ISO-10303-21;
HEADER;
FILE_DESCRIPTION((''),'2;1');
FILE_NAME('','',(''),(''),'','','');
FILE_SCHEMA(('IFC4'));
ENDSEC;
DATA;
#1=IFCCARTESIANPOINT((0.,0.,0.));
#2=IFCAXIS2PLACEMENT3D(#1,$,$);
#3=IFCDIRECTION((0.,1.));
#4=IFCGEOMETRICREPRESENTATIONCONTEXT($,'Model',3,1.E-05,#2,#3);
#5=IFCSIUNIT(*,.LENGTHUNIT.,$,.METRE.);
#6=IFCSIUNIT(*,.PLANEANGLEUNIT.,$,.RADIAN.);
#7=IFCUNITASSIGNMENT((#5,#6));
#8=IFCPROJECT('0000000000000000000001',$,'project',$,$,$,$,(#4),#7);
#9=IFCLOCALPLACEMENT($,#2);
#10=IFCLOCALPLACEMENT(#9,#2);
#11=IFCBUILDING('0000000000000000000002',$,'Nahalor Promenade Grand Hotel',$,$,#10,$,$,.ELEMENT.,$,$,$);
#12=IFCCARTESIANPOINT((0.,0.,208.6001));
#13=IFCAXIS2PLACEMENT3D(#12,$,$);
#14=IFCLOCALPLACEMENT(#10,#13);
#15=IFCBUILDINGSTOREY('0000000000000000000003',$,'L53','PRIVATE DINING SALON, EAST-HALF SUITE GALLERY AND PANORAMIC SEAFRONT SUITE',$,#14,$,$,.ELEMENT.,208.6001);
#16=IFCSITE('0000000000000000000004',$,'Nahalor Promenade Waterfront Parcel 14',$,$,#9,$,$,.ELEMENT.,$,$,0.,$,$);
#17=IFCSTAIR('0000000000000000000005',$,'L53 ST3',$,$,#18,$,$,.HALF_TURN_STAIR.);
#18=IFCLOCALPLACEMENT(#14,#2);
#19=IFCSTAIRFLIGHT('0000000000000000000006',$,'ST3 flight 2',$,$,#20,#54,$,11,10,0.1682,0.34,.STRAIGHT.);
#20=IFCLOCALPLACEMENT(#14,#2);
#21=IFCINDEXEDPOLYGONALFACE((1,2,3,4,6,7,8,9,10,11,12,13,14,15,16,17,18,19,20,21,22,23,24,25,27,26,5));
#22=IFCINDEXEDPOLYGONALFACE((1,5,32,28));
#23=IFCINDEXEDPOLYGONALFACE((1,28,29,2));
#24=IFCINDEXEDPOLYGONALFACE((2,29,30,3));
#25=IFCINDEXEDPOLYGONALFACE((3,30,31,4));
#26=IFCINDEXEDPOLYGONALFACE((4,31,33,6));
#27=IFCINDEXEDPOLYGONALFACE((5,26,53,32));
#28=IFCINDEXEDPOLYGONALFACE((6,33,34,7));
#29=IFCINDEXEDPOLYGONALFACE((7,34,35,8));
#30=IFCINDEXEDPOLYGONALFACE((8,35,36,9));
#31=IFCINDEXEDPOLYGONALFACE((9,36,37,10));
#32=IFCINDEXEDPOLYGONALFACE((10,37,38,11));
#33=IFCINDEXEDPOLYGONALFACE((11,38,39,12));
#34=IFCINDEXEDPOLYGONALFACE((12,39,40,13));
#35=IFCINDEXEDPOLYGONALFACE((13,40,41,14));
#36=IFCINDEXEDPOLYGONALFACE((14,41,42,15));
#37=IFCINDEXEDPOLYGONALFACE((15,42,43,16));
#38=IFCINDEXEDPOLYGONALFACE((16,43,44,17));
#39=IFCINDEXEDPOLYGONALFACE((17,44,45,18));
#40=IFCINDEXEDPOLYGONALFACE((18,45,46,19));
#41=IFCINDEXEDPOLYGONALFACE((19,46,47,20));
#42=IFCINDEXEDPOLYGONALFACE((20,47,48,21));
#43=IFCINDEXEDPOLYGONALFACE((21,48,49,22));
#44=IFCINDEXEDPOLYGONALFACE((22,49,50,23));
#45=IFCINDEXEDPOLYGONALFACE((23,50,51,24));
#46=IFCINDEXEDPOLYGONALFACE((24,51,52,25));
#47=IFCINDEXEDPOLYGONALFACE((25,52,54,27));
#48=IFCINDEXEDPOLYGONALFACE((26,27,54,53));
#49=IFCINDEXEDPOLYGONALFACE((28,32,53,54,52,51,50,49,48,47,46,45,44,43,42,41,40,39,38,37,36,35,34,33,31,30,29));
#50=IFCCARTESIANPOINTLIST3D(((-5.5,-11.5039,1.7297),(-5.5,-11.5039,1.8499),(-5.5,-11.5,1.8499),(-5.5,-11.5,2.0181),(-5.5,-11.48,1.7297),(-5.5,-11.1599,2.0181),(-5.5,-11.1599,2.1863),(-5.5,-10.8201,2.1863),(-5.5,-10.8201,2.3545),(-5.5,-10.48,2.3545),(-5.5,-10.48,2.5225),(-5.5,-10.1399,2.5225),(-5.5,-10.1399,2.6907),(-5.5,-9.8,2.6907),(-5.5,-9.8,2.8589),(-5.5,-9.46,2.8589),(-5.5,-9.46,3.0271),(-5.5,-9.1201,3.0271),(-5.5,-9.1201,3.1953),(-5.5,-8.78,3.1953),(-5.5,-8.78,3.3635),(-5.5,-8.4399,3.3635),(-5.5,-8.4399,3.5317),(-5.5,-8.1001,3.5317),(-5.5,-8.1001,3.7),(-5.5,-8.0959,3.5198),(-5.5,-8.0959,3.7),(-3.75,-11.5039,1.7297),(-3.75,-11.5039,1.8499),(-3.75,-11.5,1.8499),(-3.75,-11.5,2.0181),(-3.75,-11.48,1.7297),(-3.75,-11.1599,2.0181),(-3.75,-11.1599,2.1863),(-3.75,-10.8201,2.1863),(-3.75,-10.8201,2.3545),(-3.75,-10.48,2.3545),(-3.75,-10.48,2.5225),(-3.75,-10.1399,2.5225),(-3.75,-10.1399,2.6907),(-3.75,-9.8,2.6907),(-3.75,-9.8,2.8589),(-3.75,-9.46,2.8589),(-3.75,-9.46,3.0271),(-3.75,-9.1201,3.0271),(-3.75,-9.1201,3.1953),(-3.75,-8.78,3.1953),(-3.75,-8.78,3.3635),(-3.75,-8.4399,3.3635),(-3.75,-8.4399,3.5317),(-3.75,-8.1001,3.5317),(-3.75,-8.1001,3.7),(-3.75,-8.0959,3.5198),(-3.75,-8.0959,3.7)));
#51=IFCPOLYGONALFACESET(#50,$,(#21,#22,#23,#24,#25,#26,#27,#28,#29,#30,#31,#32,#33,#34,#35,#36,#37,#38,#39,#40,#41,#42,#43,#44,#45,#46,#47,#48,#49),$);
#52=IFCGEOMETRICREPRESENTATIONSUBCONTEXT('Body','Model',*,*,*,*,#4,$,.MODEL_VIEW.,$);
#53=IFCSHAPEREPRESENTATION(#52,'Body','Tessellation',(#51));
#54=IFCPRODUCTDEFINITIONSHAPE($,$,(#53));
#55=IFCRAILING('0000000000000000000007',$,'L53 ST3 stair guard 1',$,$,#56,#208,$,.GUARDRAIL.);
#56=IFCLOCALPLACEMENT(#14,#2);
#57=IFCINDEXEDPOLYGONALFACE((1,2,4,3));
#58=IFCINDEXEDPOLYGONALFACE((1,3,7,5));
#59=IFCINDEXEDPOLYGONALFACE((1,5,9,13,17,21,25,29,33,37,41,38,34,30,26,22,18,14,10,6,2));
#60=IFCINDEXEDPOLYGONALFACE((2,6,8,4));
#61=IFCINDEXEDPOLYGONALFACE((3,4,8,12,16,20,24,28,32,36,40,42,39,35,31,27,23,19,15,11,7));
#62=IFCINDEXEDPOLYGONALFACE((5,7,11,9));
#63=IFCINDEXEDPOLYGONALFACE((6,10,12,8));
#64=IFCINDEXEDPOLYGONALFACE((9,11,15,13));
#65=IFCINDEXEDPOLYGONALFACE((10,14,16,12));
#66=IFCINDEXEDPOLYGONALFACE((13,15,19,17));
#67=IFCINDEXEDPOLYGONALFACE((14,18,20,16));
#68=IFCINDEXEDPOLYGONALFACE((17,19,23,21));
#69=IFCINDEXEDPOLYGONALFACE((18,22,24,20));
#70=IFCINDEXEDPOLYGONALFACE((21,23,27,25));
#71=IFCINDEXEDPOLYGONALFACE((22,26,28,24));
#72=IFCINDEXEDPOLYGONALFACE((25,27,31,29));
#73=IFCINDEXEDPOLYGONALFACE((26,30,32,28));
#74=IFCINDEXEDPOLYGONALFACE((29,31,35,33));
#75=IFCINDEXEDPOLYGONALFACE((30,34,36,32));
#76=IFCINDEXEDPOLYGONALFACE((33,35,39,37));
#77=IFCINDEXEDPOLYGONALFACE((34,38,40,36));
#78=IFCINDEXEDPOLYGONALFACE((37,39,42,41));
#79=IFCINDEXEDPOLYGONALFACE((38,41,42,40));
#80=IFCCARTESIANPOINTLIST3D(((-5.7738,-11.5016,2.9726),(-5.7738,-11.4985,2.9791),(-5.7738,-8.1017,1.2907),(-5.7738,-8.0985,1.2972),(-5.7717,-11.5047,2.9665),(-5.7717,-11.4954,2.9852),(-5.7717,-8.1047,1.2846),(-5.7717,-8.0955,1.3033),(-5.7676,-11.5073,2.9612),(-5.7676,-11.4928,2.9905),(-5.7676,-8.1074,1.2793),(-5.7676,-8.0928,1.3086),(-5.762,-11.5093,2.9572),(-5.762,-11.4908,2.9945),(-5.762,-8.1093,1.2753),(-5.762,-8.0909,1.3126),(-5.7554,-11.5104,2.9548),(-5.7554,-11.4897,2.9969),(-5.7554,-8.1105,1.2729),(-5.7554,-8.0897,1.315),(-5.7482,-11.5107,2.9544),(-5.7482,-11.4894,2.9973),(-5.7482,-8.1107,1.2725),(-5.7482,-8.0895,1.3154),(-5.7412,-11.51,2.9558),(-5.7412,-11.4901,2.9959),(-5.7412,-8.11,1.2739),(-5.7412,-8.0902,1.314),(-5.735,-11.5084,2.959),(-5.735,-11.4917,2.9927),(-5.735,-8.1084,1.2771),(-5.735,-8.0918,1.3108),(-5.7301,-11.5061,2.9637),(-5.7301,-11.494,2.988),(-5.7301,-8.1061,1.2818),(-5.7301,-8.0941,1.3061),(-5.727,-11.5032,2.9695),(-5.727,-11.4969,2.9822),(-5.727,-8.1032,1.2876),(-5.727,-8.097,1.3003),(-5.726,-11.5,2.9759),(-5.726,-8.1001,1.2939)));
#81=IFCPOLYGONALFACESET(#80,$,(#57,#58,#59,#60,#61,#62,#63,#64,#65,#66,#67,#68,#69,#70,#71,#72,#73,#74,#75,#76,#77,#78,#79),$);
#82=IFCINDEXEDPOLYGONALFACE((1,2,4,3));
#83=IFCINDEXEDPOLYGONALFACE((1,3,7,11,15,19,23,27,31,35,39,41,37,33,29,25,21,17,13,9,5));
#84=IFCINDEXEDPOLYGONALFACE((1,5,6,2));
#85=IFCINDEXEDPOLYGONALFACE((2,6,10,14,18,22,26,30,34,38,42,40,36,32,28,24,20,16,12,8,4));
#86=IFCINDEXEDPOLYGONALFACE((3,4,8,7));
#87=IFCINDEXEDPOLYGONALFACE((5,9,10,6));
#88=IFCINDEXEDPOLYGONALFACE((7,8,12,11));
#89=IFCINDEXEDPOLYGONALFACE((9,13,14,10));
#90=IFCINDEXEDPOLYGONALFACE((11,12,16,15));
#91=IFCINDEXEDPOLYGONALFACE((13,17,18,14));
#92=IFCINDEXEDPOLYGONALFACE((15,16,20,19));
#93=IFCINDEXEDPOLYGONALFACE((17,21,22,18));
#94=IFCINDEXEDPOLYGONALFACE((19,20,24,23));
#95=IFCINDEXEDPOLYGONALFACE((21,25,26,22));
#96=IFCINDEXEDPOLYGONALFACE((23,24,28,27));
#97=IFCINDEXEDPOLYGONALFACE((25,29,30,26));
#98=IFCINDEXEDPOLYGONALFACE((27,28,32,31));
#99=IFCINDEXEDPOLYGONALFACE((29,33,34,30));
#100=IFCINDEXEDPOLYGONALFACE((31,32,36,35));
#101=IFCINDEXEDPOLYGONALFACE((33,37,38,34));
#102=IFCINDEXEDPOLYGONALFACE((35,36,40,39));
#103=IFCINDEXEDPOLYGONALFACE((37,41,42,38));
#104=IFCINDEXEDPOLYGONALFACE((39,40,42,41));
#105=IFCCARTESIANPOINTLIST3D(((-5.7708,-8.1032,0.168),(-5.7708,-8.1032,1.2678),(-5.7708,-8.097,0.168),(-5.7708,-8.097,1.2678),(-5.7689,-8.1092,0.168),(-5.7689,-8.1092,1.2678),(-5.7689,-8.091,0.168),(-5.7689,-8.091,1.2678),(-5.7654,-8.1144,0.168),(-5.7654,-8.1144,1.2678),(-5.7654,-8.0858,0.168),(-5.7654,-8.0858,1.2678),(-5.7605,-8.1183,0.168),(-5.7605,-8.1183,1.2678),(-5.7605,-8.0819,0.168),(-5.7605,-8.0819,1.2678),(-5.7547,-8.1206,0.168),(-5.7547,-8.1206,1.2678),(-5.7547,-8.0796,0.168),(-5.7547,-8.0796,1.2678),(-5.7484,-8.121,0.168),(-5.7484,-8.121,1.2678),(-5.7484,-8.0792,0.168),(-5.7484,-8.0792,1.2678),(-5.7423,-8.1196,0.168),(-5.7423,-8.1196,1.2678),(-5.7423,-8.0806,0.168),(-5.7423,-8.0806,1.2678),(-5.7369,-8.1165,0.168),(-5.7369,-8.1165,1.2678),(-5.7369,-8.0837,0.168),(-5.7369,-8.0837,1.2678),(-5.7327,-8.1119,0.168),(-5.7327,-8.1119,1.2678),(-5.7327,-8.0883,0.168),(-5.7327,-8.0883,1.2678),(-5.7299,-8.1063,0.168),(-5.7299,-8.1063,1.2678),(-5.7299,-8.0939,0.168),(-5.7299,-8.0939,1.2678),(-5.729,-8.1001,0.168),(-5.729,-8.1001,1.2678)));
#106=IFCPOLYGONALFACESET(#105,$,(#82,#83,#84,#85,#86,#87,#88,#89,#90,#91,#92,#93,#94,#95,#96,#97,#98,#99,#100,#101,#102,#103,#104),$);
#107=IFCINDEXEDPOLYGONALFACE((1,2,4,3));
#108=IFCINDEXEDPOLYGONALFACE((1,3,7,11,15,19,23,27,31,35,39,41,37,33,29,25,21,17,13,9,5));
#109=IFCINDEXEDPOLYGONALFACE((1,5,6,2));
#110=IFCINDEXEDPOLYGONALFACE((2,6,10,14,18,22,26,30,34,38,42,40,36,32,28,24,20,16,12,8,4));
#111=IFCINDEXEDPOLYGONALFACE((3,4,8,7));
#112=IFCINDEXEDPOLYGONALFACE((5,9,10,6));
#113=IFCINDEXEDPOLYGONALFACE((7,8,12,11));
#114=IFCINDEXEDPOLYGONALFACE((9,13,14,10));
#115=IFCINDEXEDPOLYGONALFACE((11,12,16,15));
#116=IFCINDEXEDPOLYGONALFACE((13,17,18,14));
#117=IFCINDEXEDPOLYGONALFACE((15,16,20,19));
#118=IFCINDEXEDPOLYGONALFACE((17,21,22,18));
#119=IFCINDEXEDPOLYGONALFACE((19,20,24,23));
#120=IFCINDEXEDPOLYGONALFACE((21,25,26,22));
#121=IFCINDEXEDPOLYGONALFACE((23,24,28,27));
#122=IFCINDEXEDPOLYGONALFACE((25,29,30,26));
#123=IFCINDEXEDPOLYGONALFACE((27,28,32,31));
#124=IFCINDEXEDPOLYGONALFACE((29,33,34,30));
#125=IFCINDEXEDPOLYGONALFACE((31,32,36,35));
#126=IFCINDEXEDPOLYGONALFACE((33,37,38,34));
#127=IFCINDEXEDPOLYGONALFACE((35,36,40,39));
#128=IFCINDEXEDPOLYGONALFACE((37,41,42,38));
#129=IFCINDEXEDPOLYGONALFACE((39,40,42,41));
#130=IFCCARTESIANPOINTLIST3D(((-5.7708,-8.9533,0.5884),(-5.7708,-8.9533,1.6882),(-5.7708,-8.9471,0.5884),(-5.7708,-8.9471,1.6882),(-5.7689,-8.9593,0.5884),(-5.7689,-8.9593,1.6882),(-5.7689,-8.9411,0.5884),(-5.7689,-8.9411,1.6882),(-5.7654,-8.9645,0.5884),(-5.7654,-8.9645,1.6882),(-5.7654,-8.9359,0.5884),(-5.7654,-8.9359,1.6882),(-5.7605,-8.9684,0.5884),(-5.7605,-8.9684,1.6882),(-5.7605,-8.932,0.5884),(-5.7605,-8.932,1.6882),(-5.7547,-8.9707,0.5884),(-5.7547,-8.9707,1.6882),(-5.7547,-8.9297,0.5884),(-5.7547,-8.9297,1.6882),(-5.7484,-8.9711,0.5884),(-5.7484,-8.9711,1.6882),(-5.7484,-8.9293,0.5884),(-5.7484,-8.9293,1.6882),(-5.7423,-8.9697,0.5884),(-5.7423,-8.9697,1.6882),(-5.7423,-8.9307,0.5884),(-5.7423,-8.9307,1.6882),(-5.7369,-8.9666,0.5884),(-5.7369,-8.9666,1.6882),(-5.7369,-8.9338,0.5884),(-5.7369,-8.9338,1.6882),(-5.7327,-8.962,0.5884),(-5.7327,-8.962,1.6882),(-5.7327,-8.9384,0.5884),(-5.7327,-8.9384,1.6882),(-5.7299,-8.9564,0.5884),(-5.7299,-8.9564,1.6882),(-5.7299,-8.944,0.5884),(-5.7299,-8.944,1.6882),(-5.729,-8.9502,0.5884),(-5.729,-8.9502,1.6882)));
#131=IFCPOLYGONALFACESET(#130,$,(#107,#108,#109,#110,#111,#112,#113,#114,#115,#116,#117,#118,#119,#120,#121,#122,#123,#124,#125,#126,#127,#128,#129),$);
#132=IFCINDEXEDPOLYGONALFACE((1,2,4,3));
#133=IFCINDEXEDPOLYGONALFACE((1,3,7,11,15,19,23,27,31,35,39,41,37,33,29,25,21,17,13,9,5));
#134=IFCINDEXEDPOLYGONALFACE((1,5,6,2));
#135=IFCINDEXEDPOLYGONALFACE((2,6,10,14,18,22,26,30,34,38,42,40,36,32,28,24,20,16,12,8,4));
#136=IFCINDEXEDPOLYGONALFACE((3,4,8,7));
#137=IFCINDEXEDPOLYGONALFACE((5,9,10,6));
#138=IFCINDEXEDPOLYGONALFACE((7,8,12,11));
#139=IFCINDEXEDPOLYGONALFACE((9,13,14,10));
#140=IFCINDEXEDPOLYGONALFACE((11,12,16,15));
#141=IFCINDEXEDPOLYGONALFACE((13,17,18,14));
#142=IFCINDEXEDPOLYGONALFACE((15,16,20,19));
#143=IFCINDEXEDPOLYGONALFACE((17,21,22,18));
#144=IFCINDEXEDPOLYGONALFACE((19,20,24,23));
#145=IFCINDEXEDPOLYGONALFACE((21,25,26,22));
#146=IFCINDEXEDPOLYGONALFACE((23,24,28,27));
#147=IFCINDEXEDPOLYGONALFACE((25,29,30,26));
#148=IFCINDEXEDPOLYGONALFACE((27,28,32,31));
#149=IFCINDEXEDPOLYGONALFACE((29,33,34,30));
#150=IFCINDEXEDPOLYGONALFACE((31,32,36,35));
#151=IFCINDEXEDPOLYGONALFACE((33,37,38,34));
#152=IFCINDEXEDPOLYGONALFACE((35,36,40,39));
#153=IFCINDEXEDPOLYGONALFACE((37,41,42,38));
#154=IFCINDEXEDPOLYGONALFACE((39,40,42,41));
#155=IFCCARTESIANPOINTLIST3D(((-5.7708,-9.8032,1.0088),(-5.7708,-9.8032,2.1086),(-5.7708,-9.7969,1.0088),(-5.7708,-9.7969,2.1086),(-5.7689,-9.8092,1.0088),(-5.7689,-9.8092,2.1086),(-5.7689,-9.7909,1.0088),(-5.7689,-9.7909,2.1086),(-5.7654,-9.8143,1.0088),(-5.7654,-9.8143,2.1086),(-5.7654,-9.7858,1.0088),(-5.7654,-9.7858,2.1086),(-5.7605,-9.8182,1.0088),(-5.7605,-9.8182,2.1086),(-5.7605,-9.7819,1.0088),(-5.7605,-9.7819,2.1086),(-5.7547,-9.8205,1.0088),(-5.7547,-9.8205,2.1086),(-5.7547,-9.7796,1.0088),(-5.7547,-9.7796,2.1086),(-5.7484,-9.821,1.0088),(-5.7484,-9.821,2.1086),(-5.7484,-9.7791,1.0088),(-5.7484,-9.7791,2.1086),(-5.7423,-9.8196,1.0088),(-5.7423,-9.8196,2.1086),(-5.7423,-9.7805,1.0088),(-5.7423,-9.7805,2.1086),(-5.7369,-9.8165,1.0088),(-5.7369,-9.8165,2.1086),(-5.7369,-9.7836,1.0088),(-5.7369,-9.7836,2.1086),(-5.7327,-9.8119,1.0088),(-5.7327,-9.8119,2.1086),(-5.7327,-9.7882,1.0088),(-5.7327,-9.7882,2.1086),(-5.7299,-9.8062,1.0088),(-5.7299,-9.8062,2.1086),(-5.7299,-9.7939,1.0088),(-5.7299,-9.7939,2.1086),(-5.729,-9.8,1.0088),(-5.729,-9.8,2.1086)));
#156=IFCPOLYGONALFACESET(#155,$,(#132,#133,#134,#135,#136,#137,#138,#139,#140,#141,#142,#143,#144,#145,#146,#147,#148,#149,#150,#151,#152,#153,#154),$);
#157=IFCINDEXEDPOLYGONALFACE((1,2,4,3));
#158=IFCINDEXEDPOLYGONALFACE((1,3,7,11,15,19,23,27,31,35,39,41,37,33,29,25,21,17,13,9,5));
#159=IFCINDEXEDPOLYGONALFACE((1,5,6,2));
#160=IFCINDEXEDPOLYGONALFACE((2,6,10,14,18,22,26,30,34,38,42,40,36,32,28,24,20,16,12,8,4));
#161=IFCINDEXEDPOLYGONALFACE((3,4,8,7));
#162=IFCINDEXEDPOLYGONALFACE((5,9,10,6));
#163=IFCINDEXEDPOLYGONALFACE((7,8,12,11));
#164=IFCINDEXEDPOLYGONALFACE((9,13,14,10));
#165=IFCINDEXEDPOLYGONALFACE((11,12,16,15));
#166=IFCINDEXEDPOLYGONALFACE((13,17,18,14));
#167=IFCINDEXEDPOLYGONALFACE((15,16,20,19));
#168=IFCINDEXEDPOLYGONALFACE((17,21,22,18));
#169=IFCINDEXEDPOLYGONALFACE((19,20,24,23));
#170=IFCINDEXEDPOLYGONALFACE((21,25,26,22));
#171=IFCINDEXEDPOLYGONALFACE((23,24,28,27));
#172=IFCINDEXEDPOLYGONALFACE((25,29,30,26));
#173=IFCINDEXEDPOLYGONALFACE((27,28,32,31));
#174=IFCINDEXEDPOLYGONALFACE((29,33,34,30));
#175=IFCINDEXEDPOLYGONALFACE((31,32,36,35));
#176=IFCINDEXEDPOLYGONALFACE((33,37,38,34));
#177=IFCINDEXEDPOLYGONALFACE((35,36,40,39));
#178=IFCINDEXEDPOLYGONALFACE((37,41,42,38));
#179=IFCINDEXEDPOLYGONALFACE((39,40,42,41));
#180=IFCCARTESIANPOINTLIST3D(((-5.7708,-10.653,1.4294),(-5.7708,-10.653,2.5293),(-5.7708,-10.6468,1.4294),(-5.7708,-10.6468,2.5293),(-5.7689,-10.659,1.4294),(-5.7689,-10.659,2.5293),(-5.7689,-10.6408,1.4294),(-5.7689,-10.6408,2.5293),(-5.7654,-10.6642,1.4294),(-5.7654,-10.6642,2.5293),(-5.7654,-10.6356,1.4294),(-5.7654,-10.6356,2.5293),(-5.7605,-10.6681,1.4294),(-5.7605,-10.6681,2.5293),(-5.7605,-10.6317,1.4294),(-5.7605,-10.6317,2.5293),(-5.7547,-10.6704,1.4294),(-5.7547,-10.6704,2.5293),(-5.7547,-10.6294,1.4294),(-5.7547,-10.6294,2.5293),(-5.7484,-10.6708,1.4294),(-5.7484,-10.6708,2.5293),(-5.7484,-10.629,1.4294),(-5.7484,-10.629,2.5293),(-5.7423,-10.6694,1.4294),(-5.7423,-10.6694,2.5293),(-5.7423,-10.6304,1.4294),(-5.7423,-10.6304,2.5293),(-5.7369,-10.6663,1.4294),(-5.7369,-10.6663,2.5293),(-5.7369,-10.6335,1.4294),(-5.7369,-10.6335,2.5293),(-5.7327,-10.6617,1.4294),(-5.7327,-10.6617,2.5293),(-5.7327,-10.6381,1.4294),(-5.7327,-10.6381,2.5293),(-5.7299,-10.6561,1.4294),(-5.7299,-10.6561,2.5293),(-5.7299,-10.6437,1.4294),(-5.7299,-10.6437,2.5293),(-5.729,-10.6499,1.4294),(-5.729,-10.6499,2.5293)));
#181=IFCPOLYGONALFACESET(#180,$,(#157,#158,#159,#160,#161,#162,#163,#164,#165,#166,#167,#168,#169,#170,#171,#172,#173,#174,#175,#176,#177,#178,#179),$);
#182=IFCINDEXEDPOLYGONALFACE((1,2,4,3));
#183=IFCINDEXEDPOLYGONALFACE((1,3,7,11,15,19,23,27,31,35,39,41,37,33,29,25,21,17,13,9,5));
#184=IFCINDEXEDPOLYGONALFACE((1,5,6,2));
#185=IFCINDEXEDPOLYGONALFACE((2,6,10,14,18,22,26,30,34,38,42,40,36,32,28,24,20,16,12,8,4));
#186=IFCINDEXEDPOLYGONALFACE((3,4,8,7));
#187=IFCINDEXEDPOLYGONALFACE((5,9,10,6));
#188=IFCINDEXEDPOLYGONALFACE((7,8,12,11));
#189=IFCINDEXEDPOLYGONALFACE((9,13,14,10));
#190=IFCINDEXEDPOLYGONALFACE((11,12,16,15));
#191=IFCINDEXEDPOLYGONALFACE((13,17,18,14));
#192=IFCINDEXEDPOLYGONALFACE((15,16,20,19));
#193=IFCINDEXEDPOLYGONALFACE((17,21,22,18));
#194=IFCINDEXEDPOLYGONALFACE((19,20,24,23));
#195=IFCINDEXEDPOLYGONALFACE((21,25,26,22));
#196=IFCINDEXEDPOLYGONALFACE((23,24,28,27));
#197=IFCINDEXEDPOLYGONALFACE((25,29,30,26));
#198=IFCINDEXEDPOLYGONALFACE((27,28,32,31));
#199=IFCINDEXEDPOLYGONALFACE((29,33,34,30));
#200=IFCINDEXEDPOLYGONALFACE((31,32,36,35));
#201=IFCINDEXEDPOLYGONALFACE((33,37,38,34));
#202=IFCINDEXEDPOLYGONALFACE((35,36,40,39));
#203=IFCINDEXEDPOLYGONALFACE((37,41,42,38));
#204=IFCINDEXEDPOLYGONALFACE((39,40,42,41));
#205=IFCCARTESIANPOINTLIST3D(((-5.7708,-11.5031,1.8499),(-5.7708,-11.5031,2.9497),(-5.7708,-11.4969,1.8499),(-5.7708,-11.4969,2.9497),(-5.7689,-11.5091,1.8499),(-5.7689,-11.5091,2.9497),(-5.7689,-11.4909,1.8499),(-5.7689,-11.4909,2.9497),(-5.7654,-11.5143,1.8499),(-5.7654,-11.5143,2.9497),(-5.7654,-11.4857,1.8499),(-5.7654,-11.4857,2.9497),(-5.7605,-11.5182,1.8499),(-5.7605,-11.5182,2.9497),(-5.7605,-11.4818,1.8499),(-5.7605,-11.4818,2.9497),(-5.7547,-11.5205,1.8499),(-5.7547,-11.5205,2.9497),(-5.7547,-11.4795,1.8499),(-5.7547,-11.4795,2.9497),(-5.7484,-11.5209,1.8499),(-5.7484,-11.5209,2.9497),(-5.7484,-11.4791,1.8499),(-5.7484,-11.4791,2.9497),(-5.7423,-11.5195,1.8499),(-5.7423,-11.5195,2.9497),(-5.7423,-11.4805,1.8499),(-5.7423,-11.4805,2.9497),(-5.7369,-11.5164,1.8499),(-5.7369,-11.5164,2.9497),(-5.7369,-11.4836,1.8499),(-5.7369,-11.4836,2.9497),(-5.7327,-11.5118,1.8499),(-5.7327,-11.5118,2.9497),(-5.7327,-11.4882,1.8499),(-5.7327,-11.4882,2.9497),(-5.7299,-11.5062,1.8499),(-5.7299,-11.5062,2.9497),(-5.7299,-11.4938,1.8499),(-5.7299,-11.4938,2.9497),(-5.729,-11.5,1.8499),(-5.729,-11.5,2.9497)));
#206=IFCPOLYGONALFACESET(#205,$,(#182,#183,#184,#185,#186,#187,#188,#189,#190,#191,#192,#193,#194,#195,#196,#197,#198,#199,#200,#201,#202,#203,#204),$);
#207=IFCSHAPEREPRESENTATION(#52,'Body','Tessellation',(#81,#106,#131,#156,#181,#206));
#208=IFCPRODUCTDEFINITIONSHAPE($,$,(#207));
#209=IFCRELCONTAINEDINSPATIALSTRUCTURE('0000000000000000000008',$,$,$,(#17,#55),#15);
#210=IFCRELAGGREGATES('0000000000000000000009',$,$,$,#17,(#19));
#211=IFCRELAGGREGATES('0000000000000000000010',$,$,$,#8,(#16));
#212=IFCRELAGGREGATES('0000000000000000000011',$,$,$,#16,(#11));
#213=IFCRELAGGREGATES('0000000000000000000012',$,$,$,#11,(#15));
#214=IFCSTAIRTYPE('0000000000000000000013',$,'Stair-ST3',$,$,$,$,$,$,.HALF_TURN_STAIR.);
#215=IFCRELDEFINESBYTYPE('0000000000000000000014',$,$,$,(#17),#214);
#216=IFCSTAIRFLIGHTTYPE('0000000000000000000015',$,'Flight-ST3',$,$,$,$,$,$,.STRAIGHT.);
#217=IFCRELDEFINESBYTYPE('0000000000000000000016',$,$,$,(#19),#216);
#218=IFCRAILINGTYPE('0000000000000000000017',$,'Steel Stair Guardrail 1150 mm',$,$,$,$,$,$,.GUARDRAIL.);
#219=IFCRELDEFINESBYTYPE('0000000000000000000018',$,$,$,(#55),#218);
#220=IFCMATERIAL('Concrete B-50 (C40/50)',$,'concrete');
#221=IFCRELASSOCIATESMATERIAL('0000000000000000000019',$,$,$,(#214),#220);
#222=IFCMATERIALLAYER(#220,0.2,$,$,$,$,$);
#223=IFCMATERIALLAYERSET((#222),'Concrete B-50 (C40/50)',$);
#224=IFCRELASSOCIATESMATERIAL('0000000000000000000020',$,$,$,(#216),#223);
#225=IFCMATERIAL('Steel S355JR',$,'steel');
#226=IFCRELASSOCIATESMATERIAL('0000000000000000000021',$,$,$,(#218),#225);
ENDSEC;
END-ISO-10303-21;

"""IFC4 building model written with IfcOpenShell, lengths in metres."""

from ifc_helpers import new_model, si_unit, direction, frame, origin, origin_2d, place, context, subcontext, project, spatial, polyline, circle, outline, extrude, source, transform, mapped, material, layer, layer_set, type_object, element, aggregate, save


model = new_model("IFC4")

# Units and contexts
model_context = context("Model", 3, precision=1e-05, world=origin(), true_north=direction((0.0, 1.0)))
body_context = subcontext(model_context, "Body", "Model", "MODEL_VIEW")
ifc_project = project(units=[si_unit("LENGTHUNIT", "METRE"), si_unit("PLANEANGLEUNIT", "RADIAN")], contexts=[model_context])

# Site, building, storey
site_placement = place(None, origin())
site = spatial("IfcSite", under=ifc_project, at=site_placement, Name="Nahalor Promenade Waterfront Parcel 14", CompositionType="ELEMENT", RefElevation=0.0)
building_placement = place(site_placement, origin())
building = spatial("IfcBuilding", under=site, at=building_placement, Name="Nahalor Promenade Grand Hotel", CompositionType="ELEMENT")
storey_placement = place(building_placement, frame((0.0, 0.0, 208.6001)))
storey = spatial("IfcBuildingStorey", under=building, at=storey_placement, Name="L53", Description="PRIVATE DINING SALON, EAST-HALF SUITE GALLERY AND PANORAMIC SEAFRONT SUITE", CompositionType="ELEMENT", Elevation=208.6001)

# Shared definitions
ifc_material_1 = material(Name="Steel S355JR", Category="steel")

# Shared definitions
ifc_material_2 = material(Name="Concrete B-50 (C40/50)", Category="concrete")

# Stair, stair flight
stair_type = type_object("IfcStairType", Name="Stair-ST3", PredefinedType="HALF_TURN_STAIR", material=ifc_material_2)
stair_placement = place(storey_placement, origin())
stair = element("IfcStair", 1, at=stair_placement, inside=storey, type_object=stair_type, Name="L53 ST3", PredefinedType="HALF_TURN_STAIR")
ifc_layer_1 = layer(ifc_material_2, 0.2)
ifc_layer_set_1 = layer_set([ifc_layer_1], Name="Concrete B-50 (C40/50)")
stair_flight_type = type_object("IfcStairFlightType", Name="Flight-ST3", PredefinedType="STRAIGHT", material=ifc_layer_set_1)
shared_shape_1 = source(origin(), body_context, "Body", "SweptSolid", [
    extrude(outline(polyline([(-0.0039, -0.1201), (-0.0039, 0.0), (0.0, 0.0), (0.0, 0.1682), (0.3401, 0.1682), (0.3401, 0.3364), (0.6799, 0.3364), (0.6799, 0.5046), (1.02, 0.5046), (1.02, 0.6726), (1.3601, 0.6726), (1.3601, 0.8408), (1.7, 0.8408), (1.7, 1.009), (2.04, 1.009), (2.04, 1.1772), (2.3799, 1.1772), (2.3799, 1.3455), (2.72, 1.3455), (2.72, 1.5137), (3.0601, 1.5137), (3.0601, 1.6819), (3.3999, 1.6819), (3.3999, 1.8501), (3.4041, 1.8501), (3.4041, 1.6699), (0.02, -0.1201), (-0.0039, -0.1201)])), frame((0.0, 0.875, 0.0), z_axis=(0.0, -1.0, 0.0), x_axis=(1.0, 0.0, 0.0)), (0.0, 0.0, 1.0), 1.75),
])
stair_flight_1_placement = place(storey_placement, frame((-4.625, -11.5, 1.8499), z_axis=(0.0, 0.0, 1.0), x_axis=(0.0, 1.0, 0.0)))
stair_flight_1 = element("IfcStairFlight", 2, at=stair_flight_1_placement, type_object=stair_flight_type, Name="ST3 flight 2", NumberOfRisers=11, NumberOfTreads=10, PredefinedType="STRAIGHT", RiserHeight=0.1682, TreadLength=0.34, context=body_context, shape_type="MappedRepresentation", body=[
    mapped(shared_shape_1, transform((0.0, 0.0, 0.0), scale=1.0)),
])
aggregate(stair, [stair_flight_1])

# Railing
railing_type_1 = type_object("IfcRailingType", Name="Steel Stair Guardrail 1150 mm", PredefinedType="GUARDRAIL", material=ifc_material_1)
railing_1_placement = place(storey_placement, frame((-5.75, -8.1001, 0.168)))
element("IfcRailing", 3, at=railing_1_placement, inside=storey, type_object=railing_type_1, Name="L53 ST3 stair guard 1", PredefinedType="GUARDRAIL", context=body_context, shape_type="SweptSolid", body=[
    extrude(circle(Radius=0.024, at=origin_2d()), frame((0.0, 0.0, 1.126), z_axis=(0.0, -0.896324, 0.443399), x_axis=(1.0, 0.0, 0.0)), (0.0, 0.0, 1.0), 3.7932),
    extrude(circle(Radius=0.021, at=origin_2d()), origin(), (0.0, 0.0, 1.0), 1.0999),
    extrude(circle(Radius=0.021, at=origin_2d()), frame((0.0, -0.8501, 0.4204)), (0.0, 0.0, 1.0), 1.0999),
    extrude(circle(Radius=0.021, at=origin_2d()), frame((0.0, -1.7, 0.8408)), (0.0, 0.0, 1.0), 1.0999),
    extrude(circle(Radius=0.021, at=origin_2d()), frame((0.0, -2.5498, 1.2615)), (0.0, 0.0, 1.0), 1.0999),
    extrude(circle(Radius=0.021, at=origin_2d()), frame((0.0, -3.3999, 1.6819)), (0.0, 0.0, 1.0), 1.0999),
])

save(model, "model.ifc")
